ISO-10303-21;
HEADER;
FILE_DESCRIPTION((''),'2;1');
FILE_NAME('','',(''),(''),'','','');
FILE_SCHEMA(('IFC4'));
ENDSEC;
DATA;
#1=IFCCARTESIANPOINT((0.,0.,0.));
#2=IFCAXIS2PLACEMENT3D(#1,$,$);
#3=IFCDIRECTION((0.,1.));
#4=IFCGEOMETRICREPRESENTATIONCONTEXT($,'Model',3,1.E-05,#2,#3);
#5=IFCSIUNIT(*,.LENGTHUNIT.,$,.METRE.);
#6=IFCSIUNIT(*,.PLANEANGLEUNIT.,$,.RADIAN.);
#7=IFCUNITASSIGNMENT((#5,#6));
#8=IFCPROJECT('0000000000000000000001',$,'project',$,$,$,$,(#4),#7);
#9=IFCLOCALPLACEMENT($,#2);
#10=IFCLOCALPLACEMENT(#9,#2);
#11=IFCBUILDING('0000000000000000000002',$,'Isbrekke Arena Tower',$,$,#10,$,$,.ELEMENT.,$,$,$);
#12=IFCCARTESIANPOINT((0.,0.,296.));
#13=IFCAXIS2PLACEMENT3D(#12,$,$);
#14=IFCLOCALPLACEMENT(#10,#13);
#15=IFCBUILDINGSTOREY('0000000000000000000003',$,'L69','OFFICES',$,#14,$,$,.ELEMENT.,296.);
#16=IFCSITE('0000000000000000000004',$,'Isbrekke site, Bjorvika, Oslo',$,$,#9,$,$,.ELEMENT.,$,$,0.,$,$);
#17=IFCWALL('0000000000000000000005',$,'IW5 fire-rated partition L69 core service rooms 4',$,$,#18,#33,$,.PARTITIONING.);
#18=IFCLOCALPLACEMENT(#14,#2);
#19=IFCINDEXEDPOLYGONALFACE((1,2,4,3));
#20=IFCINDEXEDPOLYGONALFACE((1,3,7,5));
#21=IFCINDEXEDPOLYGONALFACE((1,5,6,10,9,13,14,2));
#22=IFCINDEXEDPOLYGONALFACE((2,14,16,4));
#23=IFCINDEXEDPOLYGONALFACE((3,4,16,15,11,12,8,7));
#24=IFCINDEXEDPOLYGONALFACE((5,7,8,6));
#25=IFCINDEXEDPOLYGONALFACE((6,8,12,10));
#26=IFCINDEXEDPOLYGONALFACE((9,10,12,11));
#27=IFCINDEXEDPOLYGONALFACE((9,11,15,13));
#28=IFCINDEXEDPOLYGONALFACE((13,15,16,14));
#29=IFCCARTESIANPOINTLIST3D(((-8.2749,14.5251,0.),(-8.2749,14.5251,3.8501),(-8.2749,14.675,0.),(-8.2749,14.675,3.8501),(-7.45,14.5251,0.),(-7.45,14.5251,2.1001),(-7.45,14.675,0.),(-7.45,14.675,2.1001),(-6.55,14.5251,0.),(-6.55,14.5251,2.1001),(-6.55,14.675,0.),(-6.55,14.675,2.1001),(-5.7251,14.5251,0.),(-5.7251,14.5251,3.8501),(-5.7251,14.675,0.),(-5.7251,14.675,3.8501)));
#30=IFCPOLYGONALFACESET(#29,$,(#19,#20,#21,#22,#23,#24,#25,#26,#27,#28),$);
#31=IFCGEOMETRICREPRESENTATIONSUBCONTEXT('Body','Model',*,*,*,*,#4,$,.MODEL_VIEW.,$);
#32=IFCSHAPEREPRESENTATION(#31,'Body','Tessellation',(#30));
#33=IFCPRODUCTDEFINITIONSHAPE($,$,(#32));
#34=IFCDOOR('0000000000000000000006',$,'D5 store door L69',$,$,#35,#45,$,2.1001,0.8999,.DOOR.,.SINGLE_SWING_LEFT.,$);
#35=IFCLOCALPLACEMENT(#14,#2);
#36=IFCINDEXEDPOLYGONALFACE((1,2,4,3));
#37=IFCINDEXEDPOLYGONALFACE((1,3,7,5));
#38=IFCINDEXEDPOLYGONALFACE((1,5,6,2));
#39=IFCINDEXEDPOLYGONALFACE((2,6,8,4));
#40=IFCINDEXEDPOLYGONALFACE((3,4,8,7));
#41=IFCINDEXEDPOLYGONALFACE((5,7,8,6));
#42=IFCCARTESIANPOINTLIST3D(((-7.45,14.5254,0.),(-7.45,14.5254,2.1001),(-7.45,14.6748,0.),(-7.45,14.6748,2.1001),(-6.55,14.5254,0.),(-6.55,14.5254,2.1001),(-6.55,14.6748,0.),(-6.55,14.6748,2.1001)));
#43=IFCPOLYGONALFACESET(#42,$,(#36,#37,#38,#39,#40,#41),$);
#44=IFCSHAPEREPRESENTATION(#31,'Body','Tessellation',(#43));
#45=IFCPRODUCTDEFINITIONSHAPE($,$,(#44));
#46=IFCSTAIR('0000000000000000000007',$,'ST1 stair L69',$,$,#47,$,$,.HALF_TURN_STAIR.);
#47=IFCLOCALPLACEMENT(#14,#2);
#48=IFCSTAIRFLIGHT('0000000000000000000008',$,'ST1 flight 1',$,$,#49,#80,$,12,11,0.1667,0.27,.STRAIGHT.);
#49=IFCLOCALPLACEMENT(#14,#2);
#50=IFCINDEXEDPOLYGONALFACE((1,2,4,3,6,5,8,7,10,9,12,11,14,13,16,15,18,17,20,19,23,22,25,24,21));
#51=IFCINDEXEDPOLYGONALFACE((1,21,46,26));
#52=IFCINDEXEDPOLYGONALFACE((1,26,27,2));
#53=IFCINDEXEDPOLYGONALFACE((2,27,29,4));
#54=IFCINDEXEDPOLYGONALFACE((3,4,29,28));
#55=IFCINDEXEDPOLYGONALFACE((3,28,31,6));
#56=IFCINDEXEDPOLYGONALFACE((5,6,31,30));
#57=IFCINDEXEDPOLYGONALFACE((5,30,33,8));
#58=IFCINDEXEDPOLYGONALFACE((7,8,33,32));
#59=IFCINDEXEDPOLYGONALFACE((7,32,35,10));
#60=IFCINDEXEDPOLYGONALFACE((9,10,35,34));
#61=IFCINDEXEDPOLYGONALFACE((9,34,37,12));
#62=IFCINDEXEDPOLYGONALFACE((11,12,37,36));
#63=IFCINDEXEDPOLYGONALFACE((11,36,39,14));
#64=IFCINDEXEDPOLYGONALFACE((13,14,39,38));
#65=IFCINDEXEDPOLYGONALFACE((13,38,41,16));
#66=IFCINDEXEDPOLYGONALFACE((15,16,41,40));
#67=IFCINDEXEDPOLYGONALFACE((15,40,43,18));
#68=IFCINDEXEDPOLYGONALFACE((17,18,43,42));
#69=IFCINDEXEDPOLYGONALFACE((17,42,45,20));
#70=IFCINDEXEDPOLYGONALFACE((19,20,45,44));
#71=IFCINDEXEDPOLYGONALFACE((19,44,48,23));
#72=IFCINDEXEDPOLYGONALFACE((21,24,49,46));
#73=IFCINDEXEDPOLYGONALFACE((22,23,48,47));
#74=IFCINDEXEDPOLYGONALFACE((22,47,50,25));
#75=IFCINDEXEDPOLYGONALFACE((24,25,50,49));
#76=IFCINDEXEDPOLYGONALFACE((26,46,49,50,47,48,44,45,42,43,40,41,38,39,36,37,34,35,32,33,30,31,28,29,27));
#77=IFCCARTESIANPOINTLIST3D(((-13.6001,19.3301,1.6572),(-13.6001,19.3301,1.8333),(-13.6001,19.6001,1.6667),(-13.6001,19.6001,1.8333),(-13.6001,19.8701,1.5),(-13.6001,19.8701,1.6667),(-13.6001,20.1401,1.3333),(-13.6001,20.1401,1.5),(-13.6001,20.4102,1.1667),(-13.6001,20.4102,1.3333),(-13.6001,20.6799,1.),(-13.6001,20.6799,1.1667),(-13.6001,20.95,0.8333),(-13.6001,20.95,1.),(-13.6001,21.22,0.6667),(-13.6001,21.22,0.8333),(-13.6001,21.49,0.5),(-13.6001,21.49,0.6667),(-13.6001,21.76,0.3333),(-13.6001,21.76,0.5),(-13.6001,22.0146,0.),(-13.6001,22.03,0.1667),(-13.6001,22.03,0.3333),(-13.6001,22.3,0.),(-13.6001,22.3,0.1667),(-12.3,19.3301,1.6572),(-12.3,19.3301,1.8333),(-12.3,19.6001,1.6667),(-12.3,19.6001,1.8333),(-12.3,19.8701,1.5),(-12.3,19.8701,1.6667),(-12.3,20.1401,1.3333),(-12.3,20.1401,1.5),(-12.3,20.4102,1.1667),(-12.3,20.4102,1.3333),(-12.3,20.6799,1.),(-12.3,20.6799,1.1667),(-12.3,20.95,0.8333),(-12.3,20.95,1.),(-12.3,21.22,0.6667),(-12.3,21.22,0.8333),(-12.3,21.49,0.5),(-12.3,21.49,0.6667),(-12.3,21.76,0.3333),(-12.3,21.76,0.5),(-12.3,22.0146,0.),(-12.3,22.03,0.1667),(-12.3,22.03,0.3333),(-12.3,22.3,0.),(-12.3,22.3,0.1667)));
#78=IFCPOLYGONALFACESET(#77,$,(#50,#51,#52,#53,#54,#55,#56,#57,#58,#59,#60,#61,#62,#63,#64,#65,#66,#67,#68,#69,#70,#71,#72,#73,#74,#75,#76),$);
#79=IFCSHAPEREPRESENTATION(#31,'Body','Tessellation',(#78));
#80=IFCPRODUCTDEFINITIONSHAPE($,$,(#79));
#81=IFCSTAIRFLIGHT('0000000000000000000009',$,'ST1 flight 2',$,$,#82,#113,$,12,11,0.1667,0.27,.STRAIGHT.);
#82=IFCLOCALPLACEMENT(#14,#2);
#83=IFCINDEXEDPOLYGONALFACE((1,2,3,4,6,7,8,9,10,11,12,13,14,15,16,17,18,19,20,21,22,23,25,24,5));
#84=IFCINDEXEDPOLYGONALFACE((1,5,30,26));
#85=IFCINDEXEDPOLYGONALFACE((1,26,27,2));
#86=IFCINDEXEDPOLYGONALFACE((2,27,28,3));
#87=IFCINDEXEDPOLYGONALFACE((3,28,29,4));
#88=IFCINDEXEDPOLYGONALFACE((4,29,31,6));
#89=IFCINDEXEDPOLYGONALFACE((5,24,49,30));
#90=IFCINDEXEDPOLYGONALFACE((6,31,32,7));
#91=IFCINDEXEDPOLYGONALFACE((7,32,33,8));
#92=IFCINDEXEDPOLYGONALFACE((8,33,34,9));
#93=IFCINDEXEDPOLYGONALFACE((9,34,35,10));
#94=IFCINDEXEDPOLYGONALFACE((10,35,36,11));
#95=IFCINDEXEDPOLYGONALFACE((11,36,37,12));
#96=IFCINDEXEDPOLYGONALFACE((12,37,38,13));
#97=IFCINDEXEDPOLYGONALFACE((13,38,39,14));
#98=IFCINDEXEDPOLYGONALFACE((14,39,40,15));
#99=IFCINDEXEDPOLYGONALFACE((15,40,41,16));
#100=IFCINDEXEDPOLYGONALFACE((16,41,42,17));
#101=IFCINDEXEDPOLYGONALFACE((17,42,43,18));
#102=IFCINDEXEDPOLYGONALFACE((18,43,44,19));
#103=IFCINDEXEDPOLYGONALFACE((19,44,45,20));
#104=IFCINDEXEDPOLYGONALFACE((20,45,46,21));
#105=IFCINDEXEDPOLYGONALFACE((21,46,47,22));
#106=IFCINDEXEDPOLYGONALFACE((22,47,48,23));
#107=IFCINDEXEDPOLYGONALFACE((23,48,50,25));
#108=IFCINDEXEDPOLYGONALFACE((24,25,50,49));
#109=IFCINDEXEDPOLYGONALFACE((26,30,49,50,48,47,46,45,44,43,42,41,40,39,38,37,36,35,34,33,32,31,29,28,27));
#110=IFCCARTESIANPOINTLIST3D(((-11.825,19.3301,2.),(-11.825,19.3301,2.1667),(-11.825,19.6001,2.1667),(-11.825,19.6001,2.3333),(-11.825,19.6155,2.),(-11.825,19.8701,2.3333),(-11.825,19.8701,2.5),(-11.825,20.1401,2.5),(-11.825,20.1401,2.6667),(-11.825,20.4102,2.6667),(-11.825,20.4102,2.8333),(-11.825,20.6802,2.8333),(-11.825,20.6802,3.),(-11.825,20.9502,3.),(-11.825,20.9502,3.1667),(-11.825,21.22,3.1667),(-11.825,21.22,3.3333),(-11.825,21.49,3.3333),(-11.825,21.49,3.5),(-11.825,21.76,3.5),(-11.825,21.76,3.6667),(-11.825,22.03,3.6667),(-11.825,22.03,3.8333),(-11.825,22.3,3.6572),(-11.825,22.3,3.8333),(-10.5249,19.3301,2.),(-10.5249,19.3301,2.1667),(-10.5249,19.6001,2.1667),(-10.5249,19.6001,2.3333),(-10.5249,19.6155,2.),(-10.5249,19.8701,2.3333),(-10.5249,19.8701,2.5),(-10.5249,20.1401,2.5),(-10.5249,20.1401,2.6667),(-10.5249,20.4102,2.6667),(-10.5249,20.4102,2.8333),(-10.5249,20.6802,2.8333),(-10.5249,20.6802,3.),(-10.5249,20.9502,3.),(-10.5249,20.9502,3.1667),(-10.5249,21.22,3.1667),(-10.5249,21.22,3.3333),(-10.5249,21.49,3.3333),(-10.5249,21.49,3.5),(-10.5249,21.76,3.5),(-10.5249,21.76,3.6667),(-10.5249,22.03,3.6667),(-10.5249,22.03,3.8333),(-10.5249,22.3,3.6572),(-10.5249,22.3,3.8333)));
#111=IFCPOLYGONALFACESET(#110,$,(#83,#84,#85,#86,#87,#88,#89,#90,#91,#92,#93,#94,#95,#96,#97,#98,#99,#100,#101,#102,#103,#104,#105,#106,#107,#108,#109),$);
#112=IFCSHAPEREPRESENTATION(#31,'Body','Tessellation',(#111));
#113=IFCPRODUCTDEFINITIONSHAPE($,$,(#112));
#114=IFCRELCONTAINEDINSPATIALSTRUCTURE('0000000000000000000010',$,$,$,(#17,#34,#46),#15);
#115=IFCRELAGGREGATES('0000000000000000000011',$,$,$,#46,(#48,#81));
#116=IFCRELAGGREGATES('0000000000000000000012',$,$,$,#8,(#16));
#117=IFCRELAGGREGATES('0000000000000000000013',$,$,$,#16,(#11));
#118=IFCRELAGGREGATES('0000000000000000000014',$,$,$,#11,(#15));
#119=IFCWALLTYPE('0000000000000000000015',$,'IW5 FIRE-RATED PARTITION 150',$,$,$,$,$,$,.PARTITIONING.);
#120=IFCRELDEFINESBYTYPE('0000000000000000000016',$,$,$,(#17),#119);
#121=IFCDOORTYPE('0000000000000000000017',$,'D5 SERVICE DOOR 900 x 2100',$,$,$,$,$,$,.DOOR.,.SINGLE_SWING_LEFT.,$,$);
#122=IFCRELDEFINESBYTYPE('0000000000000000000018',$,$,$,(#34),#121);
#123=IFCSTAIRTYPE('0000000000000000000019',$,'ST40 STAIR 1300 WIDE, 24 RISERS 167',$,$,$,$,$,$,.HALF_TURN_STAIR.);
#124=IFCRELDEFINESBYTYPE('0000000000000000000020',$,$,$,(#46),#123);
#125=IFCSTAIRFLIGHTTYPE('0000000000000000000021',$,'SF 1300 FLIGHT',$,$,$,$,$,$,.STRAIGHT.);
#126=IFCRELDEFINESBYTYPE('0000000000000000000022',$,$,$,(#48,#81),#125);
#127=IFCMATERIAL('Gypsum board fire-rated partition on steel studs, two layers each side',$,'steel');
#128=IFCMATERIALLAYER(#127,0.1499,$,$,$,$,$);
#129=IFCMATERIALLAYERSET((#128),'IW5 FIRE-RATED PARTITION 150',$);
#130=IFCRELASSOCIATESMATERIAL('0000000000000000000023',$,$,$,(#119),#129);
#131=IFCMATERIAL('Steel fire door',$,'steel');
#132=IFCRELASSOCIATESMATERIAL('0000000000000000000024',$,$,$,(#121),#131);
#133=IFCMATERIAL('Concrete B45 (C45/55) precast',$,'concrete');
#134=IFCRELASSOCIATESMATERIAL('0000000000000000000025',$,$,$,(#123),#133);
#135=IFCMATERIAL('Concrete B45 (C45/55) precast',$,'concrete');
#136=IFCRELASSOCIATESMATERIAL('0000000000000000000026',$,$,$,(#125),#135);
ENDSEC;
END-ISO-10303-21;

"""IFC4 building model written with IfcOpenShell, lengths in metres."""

from ifc_helpers import new_model, si_unit, direction, frame, frame_2d, origin, place, context, subcontext, project, spatial, polyline, rectangle, outline, extrude, material, layer, layer_set, type_object, element, fill, aggregate, save


model = new_model("IFC4")

# Units and contexts
model_context = context("Model", 3, precision=1e-05, world=origin(), true_north=direction((0.0, 1.0)))
body_context = subcontext(model_context, "Body", "Model", "MODEL_VIEW")
ifc_project = project(units=[si_unit("LENGTHUNIT", "METRE"), si_unit("PLANEANGLEUNIT", "RADIAN")], contexts=[model_context])

# Site, building, storey
site_placement = place(None, origin())
site = spatial("IfcSite", under=ifc_project, at=site_placement, Name="Isbrekke site, Bjorvika, Oslo", CompositionType="ELEMENT", RefElevation=0.0)
building_placement = place(site_placement, origin())
building = spatial("IfcBuilding", under=site, at=building_placement, Name="Isbrekke Arena Tower", CompositionType="ELEMENT")
storey_placement = place(building_placement, frame((0.0, 0.0, 296.0)))
storey = spatial("IfcBuildingStorey", under=building, at=storey_placement, Name="L69", Description="OFFICES", CompositionType="ELEMENT", Elevation=296.0)

# Wall, opening, door
ifc_material_1 = material(Name="Gypsum board fire-rated partition on steel studs, two layers each side", Category="steel")
ifc_layer_1 = layer(ifc_material_1, 0.1499)
ifc_layer_set_1 = layer_set([ifc_layer_1], Name="IW5 FIRE-RATED PARTITION 150")
wall_type_1 = type_object("IfcWallType", Name="IW5 FIRE-RATED PARTITION 150", PredefinedType="PARTITIONING", material=ifc_layer_set_1)
ifc_material_2 = material(Name="Steel fire door", Category="steel")
door_type_1 = type_object("IfcDoorType", Name="D5 SERVICE DOOR 900 x 2100", OperationType="SINGLE_SWING_LEFT", PredefinedType="DOOR", material=ifc_material_2)
wall_1_placement = place(storey_placement, frame((-8.2749, 14.6001, 0.0), z_axis=(0.0, 0.0, 1.0), x_axis=(1.0, 0.0, 0.0)))
wall_1 = element("IfcWall", 1, at=wall_1_placement, inside=storey, type_object=wall_type_1, Name="IW5 fire-rated partition L69 core service rooms 4", PredefinedType="PARTITIONING", context=body_context, shape_type="SweptSolid", body=[
    extrude(rectangle(XDim=2.5498, YDim=0.1499, at=frame_2d((1.2749, 0.0))), origin(), (0.0, 0.0, 1.0), 3.8501),
])
opening_1_placement = place(wall_1_placement, frame((0.825, 0.0, 0.0)))
opening_1 = element("IfcOpeningElement", 2, at=opening_1_placement, cuts=wall_1, PredefinedType="OPENING", context=body_context, shape_type="SweptSolid", body=[
    extrude(rectangle(XDim=0.8999, YDim=2.1001, at=frame_2d((0.45, 1.05))), frame((0.0, 0.0898, 0.0), z_axis=(0.0, -1.0, 0.0), x_axis=(1.0, 0.0, 0.0)), (0.0, 0.0, 1.0), 0.1797),
])
door_1_placement = place(opening_1_placement, origin())
door_1 = element("IfcDoor", 3, at=door_1_placement, inside=storey, type_object=door_type_1, Name="D5 store door L69", OperationType="SINGLE_SWING_LEFT", OverallHeight=2.1001, OverallWidth=0.8999, PredefinedType="DOOR", context=body_context, shape_type="SweptSolid", body=[
    extrude(rectangle(XDim=0.8999, YDim=2.1001, at=frame_2d((0.45, 1.05))), frame((0.0, 0.0747, 0.0), z_axis=(0.0, -1.0, 0.0), x_axis=(1.0, 0.0, 0.0)), (0.0, 0.0, 1.0), 0.1494),
])
fill(opening_1, door_1)

# Stair, stair flights
ifc_material_3 = material(Name="Concrete B45 (C45/55) precast", Category="concrete")
stair_type = type_object("IfcStairType", Name="ST40 STAIR 1300 WIDE, 24 RISERS 167", PredefinedType="HALF_TURN_STAIR", material=ifc_material_3)
stair_placement = place(storey_placement, origin())
stair = element("IfcStair", 4, at=stair_placement, inside=storey, type_object=stair_type, Name="ST1 stair L69", PredefinedType="HALF_TURN_STAIR")
ifc_material_4 = material(Name="Concrete B45 (C45/55) precast", Category="concrete")
stair_flight_type = type_object("IfcStairFlightType", Name="SF 1300 FLIGHT", PredefinedType="STRAIGHT", material=ifc_material_4)
stair_flight_1_placement = place(storey_placement, frame((-12.95, 22.3, 0.0), z_axis=(0.0, 0.0, 1.0), x_axis=(0.0, -1.0, 0.0)))
stair_flight_1 = element("IfcStairFlight", 5, at=stair_flight_1_placement, type_object=stair_flight_type, Name="ST1 flight 1", NumberOfRisers=12, NumberOfTreads=11, PredefinedType="STRAIGHT", RiserHeight=0.1667, TreadLength=0.27, context=body_context, shape_type="SweptSolid", body=[
    extrude(outline(polyline([(0.0, 0.0), (0.0, 0.1667), (0.27, 0.1667), (0.27, 0.3333), (0.54, 0.3333), (0.54, 0.5), (0.8101, 0.5), (0.8101, 0.6667), (1.0801, 0.6667), (1.0801, 0.8333), (1.3501, 0.8333), (1.3501, 1.0), (1.6201, 1.0), (1.6201, 1.1667), (1.8899, 1.1667), (1.8899, 1.3333), (2.1599, 1.3333), (2.1599, 1.5), (2.4299, 1.5), (2.4299, 1.6667), (2.7, 1.6667), (2.7, 1.8333), (2.97, 1.8333), (2.97, 2.0), (2.97, 1.6572), (0.2854, 0.0), (0.0, 0.0)])), frame((0.0, 0.6499, 0.0), z_axis=(0.0, -1.0, 0.0), x_axis=(1.0, 0.0, 0.0)), (0.0, 0.0, 1.0), 1.3),
])
stair_flight_2_placement = place(storey_placement, frame((-11.175, 19.3301, 2.0), z_axis=(0.0, 0.0, 1.0), x_axis=(0.0, 1.0, 0.0)))
stair_flight_2 = element("IfcStairFlight", 6, at=stair_flight_2_placement, type_object=stair_flight_type, Name="ST1 flight 2", NumberOfRisers=12, NumberOfTreads=11, PredefinedType="STRAIGHT", RiserHeight=0.1667, TreadLength=0.27, context=body_context, shape_type="SweptSolid", body=[
    extrude(outline(polyline([(0.0, 0.0), (0.0, 0.1667), (0.27, 0.1667), (0.27, 0.3333), (0.54, 0.3333), (0.54, 0.5), (0.8101, 0.5), (0.8101, 0.6667), (1.0801, 0.6667), (1.0801, 0.8333), (1.3501, 0.8333), (1.3501, 1.0), (1.6201, 1.0), (1.6201, 1.1667), (1.8899, 1.1667), (1.8899, 1.3333), (2.1599, 1.3333), (2.1599, 1.5), (2.4299, 1.5), (2.4299, 1.6667), (2.7, 1.6667), (2.7, 1.8333), (2.97, 1.8333), (2.97, 2.0), (2.97, 1.6572), (0.2854, 0.0), (0.0, 0.0)])), frame((0.0, 0.6499, 0.0), z_axis=(0.0, -1.0, 0.0), x_axis=(1.0, 0.0, 0.0)), (0.0, 0.0, 1.0), 1.3),
])
aggregate(stair, [stair_flight_1, stair_flight_2])

save(model, "model.ifc")
